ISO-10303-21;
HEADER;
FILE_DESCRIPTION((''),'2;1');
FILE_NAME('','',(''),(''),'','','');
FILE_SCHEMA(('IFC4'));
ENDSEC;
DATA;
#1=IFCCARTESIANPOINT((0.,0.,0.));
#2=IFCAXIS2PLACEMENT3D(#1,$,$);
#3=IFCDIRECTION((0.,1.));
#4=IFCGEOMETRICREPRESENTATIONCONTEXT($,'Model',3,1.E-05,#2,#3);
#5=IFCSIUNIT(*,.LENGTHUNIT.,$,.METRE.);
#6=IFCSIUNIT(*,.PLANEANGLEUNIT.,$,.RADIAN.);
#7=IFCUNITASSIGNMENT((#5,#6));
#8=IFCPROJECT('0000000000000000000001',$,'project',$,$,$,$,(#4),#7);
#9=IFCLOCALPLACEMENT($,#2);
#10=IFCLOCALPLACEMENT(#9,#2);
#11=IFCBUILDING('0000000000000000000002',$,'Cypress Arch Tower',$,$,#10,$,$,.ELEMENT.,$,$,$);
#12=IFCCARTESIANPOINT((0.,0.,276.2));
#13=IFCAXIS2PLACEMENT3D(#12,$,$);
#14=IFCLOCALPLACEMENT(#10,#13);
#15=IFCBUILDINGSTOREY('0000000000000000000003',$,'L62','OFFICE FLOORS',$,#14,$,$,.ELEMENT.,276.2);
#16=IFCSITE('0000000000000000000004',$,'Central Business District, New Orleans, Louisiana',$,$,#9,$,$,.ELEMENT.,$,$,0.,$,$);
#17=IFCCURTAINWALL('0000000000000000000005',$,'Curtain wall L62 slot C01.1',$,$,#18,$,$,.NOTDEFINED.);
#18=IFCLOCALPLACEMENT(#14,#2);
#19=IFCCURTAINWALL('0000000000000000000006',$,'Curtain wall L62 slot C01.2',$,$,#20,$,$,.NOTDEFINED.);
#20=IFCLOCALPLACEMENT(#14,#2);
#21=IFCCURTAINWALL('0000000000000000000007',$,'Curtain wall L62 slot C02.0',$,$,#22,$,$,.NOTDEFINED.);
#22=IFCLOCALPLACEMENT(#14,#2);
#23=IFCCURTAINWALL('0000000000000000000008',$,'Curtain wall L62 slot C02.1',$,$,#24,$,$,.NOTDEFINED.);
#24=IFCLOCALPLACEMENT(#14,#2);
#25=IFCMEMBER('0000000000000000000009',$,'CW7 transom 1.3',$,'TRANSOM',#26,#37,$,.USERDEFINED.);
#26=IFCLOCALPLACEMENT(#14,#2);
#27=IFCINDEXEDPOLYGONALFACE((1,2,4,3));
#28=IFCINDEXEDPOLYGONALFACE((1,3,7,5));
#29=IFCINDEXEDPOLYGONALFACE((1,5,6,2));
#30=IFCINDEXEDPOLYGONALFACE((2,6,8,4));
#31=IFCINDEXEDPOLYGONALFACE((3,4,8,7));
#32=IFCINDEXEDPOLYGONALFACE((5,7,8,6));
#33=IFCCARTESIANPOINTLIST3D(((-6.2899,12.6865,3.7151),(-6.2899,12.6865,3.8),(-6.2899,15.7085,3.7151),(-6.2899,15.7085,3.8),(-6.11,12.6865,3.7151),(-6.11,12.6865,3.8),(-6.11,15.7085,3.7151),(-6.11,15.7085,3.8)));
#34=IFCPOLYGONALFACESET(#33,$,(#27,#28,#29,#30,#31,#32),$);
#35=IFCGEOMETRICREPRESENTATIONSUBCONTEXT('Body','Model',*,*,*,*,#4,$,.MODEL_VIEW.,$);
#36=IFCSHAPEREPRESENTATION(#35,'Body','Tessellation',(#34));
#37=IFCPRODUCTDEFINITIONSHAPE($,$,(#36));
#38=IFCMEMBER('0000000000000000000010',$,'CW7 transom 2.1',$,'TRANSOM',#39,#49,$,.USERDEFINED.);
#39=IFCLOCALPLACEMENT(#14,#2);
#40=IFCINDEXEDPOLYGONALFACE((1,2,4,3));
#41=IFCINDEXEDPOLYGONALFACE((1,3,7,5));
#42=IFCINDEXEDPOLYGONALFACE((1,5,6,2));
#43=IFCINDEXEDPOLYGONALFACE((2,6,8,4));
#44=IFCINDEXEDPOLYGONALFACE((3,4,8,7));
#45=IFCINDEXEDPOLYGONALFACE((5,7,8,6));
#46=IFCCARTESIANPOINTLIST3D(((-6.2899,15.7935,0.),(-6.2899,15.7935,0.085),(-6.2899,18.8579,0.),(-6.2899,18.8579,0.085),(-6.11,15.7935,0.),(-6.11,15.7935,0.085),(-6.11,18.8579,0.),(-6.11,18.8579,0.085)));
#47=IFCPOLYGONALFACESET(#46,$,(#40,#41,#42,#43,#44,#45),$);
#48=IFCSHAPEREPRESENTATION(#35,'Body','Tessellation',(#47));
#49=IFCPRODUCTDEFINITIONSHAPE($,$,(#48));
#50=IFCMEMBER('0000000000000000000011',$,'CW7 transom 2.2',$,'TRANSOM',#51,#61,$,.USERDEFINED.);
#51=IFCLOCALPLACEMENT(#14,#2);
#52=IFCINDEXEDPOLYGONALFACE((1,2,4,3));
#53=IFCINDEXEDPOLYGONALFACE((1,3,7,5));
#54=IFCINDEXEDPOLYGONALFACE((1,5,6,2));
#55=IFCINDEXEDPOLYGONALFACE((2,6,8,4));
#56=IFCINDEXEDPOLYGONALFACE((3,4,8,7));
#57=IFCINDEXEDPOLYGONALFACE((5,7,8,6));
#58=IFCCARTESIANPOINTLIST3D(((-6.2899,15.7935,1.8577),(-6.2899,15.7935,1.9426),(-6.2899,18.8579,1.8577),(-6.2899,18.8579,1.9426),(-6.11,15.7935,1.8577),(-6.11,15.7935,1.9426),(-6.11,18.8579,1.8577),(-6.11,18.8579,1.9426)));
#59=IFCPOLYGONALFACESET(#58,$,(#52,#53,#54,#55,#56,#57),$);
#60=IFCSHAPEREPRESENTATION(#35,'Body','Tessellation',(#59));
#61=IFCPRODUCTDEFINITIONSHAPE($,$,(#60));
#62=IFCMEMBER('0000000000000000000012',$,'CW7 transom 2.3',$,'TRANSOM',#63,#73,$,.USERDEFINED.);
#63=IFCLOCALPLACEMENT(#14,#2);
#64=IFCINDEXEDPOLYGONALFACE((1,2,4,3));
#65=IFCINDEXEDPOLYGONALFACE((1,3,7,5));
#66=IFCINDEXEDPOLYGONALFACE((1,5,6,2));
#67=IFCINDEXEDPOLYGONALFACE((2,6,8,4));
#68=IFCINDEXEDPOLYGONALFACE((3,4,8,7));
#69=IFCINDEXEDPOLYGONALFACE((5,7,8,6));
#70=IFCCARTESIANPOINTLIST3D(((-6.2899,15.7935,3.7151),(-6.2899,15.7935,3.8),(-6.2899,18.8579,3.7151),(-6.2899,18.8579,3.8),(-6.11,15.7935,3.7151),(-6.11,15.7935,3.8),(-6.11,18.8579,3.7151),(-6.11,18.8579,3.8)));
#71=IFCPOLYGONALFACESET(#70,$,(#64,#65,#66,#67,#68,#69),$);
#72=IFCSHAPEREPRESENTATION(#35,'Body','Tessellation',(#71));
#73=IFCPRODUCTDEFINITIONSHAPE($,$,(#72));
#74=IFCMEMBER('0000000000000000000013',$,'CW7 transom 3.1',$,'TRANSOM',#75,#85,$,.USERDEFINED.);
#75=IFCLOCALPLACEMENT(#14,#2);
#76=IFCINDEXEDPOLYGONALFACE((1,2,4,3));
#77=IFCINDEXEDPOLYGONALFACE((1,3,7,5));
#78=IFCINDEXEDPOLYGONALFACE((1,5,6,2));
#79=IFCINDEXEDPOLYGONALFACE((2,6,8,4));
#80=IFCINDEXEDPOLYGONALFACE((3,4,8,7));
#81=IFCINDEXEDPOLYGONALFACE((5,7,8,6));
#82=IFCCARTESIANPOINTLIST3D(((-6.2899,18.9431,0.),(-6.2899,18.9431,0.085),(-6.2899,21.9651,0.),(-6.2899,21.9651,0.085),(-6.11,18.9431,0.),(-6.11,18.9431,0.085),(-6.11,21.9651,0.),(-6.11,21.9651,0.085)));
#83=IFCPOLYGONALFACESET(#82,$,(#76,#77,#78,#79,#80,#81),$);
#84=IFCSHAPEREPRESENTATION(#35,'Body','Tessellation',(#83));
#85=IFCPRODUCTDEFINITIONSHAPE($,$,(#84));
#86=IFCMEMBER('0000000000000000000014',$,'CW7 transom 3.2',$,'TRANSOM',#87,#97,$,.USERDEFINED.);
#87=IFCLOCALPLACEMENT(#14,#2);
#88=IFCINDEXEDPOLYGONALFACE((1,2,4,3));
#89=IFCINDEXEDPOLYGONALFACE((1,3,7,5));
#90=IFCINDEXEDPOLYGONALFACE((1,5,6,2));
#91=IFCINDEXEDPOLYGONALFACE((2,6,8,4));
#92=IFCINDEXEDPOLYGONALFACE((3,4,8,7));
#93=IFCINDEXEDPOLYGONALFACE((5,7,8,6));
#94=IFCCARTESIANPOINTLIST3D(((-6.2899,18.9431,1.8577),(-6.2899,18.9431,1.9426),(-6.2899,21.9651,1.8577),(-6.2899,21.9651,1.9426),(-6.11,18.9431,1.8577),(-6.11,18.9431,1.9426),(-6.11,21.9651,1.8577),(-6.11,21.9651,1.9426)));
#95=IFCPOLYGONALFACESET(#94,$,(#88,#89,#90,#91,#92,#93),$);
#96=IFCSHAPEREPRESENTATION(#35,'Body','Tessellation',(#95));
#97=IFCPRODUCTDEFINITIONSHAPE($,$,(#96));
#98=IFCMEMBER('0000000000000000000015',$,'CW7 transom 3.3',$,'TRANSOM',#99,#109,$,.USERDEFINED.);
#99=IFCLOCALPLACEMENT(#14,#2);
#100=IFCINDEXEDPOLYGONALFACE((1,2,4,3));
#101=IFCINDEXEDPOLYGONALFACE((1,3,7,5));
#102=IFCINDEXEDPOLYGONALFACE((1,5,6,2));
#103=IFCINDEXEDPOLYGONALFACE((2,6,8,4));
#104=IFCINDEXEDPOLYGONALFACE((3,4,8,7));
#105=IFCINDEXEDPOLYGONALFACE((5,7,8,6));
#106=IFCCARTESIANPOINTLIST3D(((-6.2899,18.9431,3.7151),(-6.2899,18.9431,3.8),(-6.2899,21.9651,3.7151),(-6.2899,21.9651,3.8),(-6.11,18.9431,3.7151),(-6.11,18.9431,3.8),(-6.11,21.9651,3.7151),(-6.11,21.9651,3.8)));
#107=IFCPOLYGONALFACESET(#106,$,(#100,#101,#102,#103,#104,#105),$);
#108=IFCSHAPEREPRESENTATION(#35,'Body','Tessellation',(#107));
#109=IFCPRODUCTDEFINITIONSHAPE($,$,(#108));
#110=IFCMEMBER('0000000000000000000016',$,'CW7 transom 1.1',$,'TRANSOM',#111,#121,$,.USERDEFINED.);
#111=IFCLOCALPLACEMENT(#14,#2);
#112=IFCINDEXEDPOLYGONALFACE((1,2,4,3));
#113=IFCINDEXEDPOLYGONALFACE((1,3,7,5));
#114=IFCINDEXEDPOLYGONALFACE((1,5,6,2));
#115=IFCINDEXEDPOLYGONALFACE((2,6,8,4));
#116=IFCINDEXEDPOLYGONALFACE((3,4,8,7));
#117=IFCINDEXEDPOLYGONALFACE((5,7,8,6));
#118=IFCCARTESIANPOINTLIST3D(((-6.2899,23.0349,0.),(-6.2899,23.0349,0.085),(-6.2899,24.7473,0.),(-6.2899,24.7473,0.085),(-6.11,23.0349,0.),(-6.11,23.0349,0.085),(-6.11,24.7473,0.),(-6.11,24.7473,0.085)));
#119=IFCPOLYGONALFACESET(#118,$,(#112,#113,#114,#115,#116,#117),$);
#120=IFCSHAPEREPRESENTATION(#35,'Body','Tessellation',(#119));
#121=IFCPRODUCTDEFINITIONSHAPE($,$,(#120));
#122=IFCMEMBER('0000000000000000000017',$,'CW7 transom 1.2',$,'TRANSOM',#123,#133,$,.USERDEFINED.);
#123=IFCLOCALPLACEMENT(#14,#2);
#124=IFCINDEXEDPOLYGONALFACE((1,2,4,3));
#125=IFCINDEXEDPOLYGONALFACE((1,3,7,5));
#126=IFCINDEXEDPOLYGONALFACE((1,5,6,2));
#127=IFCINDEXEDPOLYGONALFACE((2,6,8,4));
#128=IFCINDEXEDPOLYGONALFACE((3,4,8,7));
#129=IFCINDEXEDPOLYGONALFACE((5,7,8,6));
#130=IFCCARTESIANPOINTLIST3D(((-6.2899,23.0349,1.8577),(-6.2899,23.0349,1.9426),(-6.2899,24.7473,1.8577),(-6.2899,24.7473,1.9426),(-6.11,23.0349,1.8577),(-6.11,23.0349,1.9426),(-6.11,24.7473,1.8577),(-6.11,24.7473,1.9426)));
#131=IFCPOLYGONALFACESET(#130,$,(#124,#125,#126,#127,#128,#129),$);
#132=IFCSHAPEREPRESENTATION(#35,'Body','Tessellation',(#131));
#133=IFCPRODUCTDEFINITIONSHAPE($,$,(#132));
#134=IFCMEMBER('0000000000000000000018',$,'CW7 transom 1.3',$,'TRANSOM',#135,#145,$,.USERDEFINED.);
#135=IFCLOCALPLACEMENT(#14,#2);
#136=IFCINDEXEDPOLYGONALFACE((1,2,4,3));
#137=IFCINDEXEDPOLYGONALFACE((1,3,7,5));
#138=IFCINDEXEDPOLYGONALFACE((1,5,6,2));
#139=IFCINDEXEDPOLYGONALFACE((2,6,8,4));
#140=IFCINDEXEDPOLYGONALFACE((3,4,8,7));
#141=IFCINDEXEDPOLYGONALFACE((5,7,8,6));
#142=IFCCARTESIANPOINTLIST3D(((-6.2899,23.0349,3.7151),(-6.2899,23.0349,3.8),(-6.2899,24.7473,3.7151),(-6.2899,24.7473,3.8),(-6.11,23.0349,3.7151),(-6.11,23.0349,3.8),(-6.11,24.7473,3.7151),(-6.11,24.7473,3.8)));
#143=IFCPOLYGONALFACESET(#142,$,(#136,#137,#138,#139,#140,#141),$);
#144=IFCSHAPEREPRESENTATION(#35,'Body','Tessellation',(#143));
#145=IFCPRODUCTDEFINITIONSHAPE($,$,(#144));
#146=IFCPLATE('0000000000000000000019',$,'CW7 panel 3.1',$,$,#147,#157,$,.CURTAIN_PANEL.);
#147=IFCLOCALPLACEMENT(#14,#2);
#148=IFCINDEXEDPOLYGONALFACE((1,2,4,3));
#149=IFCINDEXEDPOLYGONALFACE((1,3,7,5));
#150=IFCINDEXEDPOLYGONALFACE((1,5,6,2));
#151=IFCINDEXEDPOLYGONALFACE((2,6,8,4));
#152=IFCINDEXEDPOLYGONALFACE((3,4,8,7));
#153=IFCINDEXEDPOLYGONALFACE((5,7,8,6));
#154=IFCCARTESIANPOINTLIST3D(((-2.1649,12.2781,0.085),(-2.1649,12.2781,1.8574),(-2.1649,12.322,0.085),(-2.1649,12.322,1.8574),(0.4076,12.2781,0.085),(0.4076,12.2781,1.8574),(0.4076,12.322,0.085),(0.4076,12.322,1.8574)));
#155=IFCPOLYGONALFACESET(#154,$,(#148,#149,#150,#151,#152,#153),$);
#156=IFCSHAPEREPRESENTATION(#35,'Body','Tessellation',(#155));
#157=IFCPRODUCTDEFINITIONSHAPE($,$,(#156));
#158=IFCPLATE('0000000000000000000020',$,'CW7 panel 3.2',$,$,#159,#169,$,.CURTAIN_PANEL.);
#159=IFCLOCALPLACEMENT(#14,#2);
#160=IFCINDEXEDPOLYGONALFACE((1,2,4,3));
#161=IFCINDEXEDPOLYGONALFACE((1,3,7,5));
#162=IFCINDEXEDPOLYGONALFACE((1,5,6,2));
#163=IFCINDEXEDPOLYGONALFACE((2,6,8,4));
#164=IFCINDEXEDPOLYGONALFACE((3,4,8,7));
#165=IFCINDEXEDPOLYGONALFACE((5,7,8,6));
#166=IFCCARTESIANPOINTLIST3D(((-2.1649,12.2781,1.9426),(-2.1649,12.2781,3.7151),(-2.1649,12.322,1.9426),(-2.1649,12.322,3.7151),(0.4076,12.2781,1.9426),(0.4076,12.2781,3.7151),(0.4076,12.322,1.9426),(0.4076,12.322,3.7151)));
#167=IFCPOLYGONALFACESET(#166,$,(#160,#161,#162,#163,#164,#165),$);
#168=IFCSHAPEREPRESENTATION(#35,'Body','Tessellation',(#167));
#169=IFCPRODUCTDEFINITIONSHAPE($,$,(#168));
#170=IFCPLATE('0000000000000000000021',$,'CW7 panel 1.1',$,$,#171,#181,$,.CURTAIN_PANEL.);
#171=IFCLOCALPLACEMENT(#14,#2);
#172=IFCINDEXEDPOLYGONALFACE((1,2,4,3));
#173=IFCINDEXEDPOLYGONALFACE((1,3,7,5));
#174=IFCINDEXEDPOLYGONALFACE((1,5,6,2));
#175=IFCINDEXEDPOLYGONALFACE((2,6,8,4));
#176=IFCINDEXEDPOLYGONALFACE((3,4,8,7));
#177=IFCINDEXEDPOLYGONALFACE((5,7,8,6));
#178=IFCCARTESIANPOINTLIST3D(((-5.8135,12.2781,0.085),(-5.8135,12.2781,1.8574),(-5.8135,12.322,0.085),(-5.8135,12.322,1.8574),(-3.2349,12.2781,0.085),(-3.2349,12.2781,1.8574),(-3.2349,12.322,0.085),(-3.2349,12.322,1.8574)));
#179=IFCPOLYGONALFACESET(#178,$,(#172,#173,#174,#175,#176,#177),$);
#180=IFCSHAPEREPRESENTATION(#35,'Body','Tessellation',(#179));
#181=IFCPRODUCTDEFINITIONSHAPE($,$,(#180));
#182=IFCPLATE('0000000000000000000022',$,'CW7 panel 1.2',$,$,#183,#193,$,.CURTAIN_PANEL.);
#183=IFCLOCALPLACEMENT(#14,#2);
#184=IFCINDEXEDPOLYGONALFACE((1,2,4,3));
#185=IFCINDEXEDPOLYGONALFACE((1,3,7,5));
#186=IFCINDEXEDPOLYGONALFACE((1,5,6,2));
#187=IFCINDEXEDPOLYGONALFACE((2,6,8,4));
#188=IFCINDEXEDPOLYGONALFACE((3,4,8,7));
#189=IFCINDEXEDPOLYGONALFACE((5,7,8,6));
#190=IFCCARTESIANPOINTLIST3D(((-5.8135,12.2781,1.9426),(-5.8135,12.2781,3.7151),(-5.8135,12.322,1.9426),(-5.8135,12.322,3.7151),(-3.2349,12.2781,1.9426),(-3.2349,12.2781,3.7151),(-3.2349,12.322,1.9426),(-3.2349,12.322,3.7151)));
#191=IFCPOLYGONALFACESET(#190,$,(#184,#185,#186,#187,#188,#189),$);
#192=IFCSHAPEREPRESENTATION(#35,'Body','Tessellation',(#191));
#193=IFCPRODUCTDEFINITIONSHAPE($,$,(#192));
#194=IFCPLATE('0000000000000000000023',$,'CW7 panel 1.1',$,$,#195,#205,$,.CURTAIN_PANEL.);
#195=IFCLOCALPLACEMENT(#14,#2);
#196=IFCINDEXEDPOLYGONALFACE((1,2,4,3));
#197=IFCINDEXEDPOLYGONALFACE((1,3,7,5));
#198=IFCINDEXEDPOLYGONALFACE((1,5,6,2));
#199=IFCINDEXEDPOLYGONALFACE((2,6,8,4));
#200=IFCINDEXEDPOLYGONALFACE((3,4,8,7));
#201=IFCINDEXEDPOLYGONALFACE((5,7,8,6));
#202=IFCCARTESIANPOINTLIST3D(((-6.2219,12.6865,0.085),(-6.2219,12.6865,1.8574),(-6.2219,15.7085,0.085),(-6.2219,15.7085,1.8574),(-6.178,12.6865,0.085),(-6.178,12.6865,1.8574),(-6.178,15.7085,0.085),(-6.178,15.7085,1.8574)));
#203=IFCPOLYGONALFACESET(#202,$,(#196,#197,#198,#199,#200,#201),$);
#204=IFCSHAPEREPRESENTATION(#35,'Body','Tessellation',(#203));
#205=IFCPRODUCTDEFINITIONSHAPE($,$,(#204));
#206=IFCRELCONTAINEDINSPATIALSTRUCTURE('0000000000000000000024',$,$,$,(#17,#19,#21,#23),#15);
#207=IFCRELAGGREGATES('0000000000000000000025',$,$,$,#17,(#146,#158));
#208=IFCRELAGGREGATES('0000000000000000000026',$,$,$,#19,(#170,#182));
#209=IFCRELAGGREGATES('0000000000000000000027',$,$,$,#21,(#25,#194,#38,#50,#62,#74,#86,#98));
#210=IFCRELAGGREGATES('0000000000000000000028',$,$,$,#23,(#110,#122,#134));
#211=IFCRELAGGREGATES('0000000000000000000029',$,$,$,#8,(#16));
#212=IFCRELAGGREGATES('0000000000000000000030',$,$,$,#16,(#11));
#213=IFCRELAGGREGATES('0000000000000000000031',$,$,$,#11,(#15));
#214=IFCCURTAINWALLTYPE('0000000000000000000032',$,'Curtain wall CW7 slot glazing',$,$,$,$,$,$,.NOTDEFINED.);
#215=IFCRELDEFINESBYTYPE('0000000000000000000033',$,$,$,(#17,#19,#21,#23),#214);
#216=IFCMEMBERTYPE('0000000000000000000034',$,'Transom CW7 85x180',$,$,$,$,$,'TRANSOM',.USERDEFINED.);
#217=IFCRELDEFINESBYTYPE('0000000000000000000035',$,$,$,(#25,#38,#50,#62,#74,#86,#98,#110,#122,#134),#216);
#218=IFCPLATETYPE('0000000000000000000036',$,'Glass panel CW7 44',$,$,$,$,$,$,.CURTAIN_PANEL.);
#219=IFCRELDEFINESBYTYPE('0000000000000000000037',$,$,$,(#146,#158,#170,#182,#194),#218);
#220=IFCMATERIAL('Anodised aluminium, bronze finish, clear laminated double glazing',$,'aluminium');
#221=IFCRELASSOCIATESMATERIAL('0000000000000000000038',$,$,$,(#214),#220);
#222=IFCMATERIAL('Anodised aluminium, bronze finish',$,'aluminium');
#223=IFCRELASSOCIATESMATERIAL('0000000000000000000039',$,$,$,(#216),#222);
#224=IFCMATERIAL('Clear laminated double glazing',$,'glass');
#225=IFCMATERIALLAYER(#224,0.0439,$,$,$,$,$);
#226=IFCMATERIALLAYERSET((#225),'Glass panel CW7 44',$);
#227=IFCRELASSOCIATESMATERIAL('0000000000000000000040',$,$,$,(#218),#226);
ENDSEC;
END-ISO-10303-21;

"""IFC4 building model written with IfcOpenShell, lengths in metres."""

from ifc_helpers import new_model, si_unit, direction, frame, origin, origin_2d, place, context, subcontext, project, spatial, rectangle, extrude, material, layer, layer_set, material_profile, profile_set, type_object, element, aggregate, save


model = new_model("IFC4")

# Units and contexts
model_context = context("Model", 3, precision=1e-05, world=origin(), true_north=direction((0.0, 1.0)))
body_context = subcontext(model_context, "Body", "Model", "MODEL_VIEW")
ifc_project = project(units=[si_unit("LENGTHUNIT", "METRE"), si_unit("PLANEANGLEUNIT", "RADIAN")], contexts=[model_context])

# Site, building, storey
site_placement = place(None, origin())
site = spatial("IfcSite", under=ifc_project, at=site_placement, Name="Central Business District, New Orleans, Louisiana", CompositionType="ELEMENT", RefElevation=0.0)
building_placement = place(site_placement, origin())
building = spatial("IfcBuilding", under=site, at=building_placement, Name="Cypress Arch Tower", CompositionType="ELEMENT")
storey_placement = place(building_placement, frame((0.0, 0.0, 276.2)))
storey = spatial("IfcBuildingStorey", under=building, at=storey_placement, Name="L62", Description="OFFICE FLOORS", CompositionType="ELEMENT", Elevation=276.2)

# Curtain wall
ifc_material_1 = material(Name="Anodised aluminium, bronze finish, clear laminated double glazing", Category="aluminium")
curtain_wall_type = type_object("IfcCurtainWallType", Name="Curtain wall CW7 slot glazing", PredefinedType="NOTDEFINED", material=ifc_material_1)
curtain_wall_1_placement = place(storey_placement, origin())
curtain_wall_1 = element("IfcCurtainWall", 1, at=curtain_wall_1_placement, inside=storey, type_object=curtain_wall_type, Name="Curtain wall L62 slot C01.1", PredefinedType="NOTDEFINED")

# Curtain walls
curtain_wall_2_placement = place(storey_placement, origin())
curtain_wall_2 = element("IfcCurtainWall", 2, at=curtain_wall_2_placement, inside=storey, type_object=curtain_wall_type, Name="Curtain wall L62 slot C01.2", PredefinedType="NOTDEFINED")
curtain_wall_3_placement = place(storey_placement, origin())
curtain_wall_3 = element("IfcCurtainWall", 3, at=curtain_wall_3_placement, inside=storey, type_object=curtain_wall_type, Name="Curtain wall L62 slot C02.0", PredefinedType="NOTDEFINED")
curtain_wall_4_placement = place(storey_placement, origin())
curtain_wall_4 = element("IfcCurtainWall", 4, at=curtain_wall_4_placement, inside=storey, type_object=curtain_wall_type, Name="Curtain wall L62 slot C02.1", PredefinedType="NOTDEFINED")

# Members
ifc_material_2 = material(Name="Anodised aluminium, bronze finish", Category="aluminium")
ifc_material_profile_1 = material_profile(ifc_material_2, rectangle(XDim=0.1799, YDim=0.085, at=origin_2d()), Name="Transom 85x180")
ifc_profile_set_1 = profile_set([ifc_material_profile_1], Name="Anodised aluminium, bronze finish")
member_type_1 = type_object("IfcMemberType", Name="Transom CW7 85x180", ElementType="TRANSOM", PredefinedType="USERDEFINED", material=ifc_profile_set_1)
member_1_placement = place(storey_placement, frame((-6.2, 12.6865, 3.7576), z_axis=(0.0, 1.0, 0.0), x_axis=(-1.0, 0.0, 0.0)))
member_1 = element("IfcMember", 5, at=member_1_placement, type_object=member_type_1, Name="CW7 transom 1.3", ObjectType="TRANSOM", PredefinedType="USERDEFINED", context=body_context, shape_type="SweptSolid", body=[
    extrude(rectangle(XDim=0.1799, YDim=0.085, at=origin_2d()), origin(), (0.0, 0.0, 1.0), 3.022),
])
member_2_placement = place(storey_placement, frame((-6.2, 15.7935, 0.0425), z_axis=(0.0, 1.0, 0.0), x_axis=(-1.0, 0.0, 0.0)))
member_2 = element("IfcMember", 6, at=member_2_placement, type_object=member_type_1, Name="CW7 transom 2.1", ObjectType="TRANSOM", PredefinedType="USERDEFINED", context=body_context, shape_type="SweptSolid", body=[
    extrude(rectangle(XDim=0.1799, YDim=0.085, at=origin_2d()), origin(), (0.0, 0.0, 1.0), 3.0645),
])
member_3_placement = place(storey_placement, frame((-6.2, 15.7935, 1.9001), z_axis=(0.0, 1.0, 0.0), x_axis=(-1.0, 0.0, 0.0)))
member_3 = element("IfcMember", 7, at=member_3_placement, type_object=member_type_1, Name="CW7 transom 2.2", ObjectType="TRANSOM", PredefinedType="USERDEFINED", context=body_context, shape_type="SweptSolid", body=[
    extrude(rectangle(XDim=0.1799, YDim=0.085, at=origin_2d()), origin(), (0.0, 0.0, 1.0), 3.0645),
])
member_4_placement = place(storey_placement, frame((-6.2, 15.7935, 3.7576), z_axis=(0.0, 1.0, 0.0), x_axis=(-1.0, 0.0, 0.0)))
member_4 = element("IfcMember", 8, at=member_4_placement, type_object=member_type_1, Name="CW7 transom 2.3", ObjectType="TRANSOM", PredefinedType="USERDEFINED", context=body_context, shape_type="SweptSolid", body=[
    extrude(rectangle(XDim=0.1799, YDim=0.085, at=origin_2d()), origin(), (0.0, 0.0, 1.0), 3.0645),
])
member_5_placement = place(storey_placement, frame((-6.2, 18.9431, 0.0425), z_axis=(0.0, 1.0, 0.0), x_axis=(-1.0, 0.0, 0.0)))
member_5 = element("IfcMember", 9, at=member_5_placement, type_object=member_type_1, Name="CW7 transom 3.1", ObjectType="TRANSOM", PredefinedType="USERDEFINED", context=body_context, shape_type="SweptSolid", body=[
    extrude(rectangle(XDim=0.1799, YDim=0.085, at=origin_2d()), origin(), (0.0, 0.0, 1.0), 3.022),
])
member_6_placement = place(storey_placement, frame((-6.2, 18.9431, 1.9001), z_axis=(0.0, 1.0, 0.0), x_axis=(-1.0, 0.0, 0.0)))
member_6 = element("IfcMember", 10, at=member_6_placement, type_object=member_type_1, Name="CW7 transom 3.2", ObjectType="TRANSOM", PredefinedType="USERDEFINED", context=body_context, shape_type="SweptSolid", body=[
    extrude(rectangle(XDim=0.1799, YDim=0.085, at=origin_2d()), origin(), (0.0, 0.0, 1.0), 3.022),
])
member_7_placement = place(storey_placement, frame((-6.2, 18.9431, 3.7576), z_axis=(0.0, 1.0, 0.0), x_axis=(-1.0, 0.0, 0.0)))
member_7 = element("IfcMember", 11, at=member_7_placement, type_object=member_type_1, Name="CW7 transom 3.3", ObjectType="TRANSOM", PredefinedType="USERDEFINED", context=body_context, shape_type="SweptSolid", body=[
    extrude(rectangle(XDim=0.1799, YDim=0.085, at=origin_2d()), origin(), (0.0, 0.0, 1.0), 3.022),
])
member_8_placement = place(storey_placement, frame((-6.2, 23.0349, 0.0425), z_axis=(0.0, 1.0, 0.0), x_axis=(-1.0, 0.0, 0.0)))
member_8 = element("IfcMember", 12, at=member_8_placement, type_object=member_type_1, Name="CW7 transom 1.1", ObjectType="TRANSOM", PredefinedType="USERDEFINED", context=body_context, shape_type="SweptSolid", body=[
    extrude(rectangle(XDim=0.1799, YDim=0.085, at=origin_2d()), origin(), (0.0, 0.0, 1.0), 1.7124),
])
member_9_placement = place(storey_placement, frame((-6.2, 23.0349, 1.9001), z_axis=(0.0, 1.0, 0.0), x_axis=(-1.0, 0.0, 0.0)))
member_9 = element("IfcMember", 13, at=member_9_placement, type_object=member_type_1, Name="CW7 transom 1.2", ObjectType="TRANSOM", PredefinedType="USERDEFINED", context=body_context, shape_type="SweptSolid", body=[
    extrude(rectangle(XDim=0.1799, YDim=0.085, at=origin_2d()), origin(), (0.0, 0.0, 1.0), 1.7124),
])
member_10_placement = place(storey_placement, frame((-6.2, 23.0349, 3.7576), z_axis=(0.0, 1.0, 0.0), x_axis=(-1.0, 0.0, 0.0)))
member_10 = element("IfcMember", 14, at=member_10_placement, type_object=member_type_1, Name="CW7 transom 1.3", ObjectType="TRANSOM", PredefinedType="USERDEFINED", context=body_context, shape_type="SweptSolid", body=[
    extrude(rectangle(XDim=0.1799, YDim=0.085, at=origin_2d()), origin(), (0.0, 0.0, 1.0), 1.7124),
])

# Plates
ifc_material_3 = material(Name="Clear laminated double glazing", Category="glass")
ifc_layer = layer(ifc_material_3, 0.0439)
ifc_layer_set = layer_set([ifc_layer], Name="Glass panel CW7 44")
plate_type = type_object("IfcPlateType", Name="Glass panel CW7 44", PredefinedType="CURTAIN_PANEL", material=ifc_layer_set)
plate_1_placement = place(storey_placement, frame((-0.8787, 12.3, 0.085), z_axis=(0.0, 0.0, 1.0), x_axis=(-1.0, 0.0, 0.0)))
plate_1 = element("IfcPlate", 15, at=plate_1_placement, type_object=plate_type, Name="CW7 panel 3.1", PredefinedType="CURTAIN_PANEL", context=body_context, shape_type="SweptSolid", body=[
    extrude(rectangle(XDim=2.5725, YDim=0.0439, at=origin_2d()), origin(), (0.0, 0.0, 1.0), 1.7725),
])
plate_2_placement = place(storey_placement, frame((-0.8787, 12.3, 1.9426), z_axis=(0.0, 0.0, 1.0), x_axis=(-1.0, 0.0, 0.0)))
plate_2 = element("IfcPlate", 16, at=plate_2_placement, type_object=plate_type, Name="CW7 panel 3.2", PredefinedType="CURTAIN_PANEL", context=body_context, shape_type="SweptSolid", body=[
    extrude(rectangle(XDim=2.5725, YDim=0.0439, at=origin_2d()), origin(), (0.0, 0.0, 1.0), 1.7725),
])
aggregate(curtain_wall_1, [plate_1, plate_2])
plate_3_placement = place(storey_placement, frame((-4.5242, 12.3, 0.085), z_axis=(0.0, 0.0, 1.0), x_axis=(-1.0, 0.0, 0.0)))
plate_3 = element("IfcPlate", 17, at=plate_3_placement, type_object=plate_type, Name="CW7 panel 1.1", PredefinedType="CURTAIN_PANEL", context=body_context, shape_type="SweptSolid", body=[
    extrude(rectangle(XDim=2.5786, YDim=0.0439, at=origin_2d()), origin(), (0.0, 0.0, 1.0), 1.7725),
])
plate_4_placement = place(storey_placement, frame((-4.5242, 12.3, 1.9426), z_axis=(0.0, 0.0, 1.0), x_axis=(-1.0, 0.0, 0.0)))
plate_4 = element("IfcPlate", 18, at=plate_4_placement, type_object=plate_type, Name="CW7 panel 1.2", PredefinedType="CURTAIN_PANEL", context=body_context, shape_type="SweptSolid", body=[
    extrude(rectangle(XDim=2.5786, YDim=0.0439, at=origin_2d()), origin(), (0.0, 0.0, 1.0), 1.7725),
])
aggregate(curtain_wall_2, [plate_3, plate_4])
plate_5_placement = place(storey_placement, frame((-6.2, 14.1975, 0.085), z_axis=(0.0, 0.0, 1.0), x_axis=(0.0, 1.0, 0.0)))
plate_5 = element("IfcPlate", 19, at=plate_5_placement, type_object=plate_type, Name="CW7 panel 1.1", PredefinedType="CURTAIN_PANEL", context=body_context, shape_type="SweptSolid", body=[
    extrude(rectangle(XDim=3.022, YDim=0.0439, at=origin_2d()), origin(), (0.0, 0.0, 1.0), 1.7725),
])
aggregate(curtain_wall_3, [member_1, plate_5, member_2, member_3, member_4, member_5, member_6, member_7])
aggregate(curtain_wall_4, [member_8, member_9, member_10])

save(model, "model.ifc")
